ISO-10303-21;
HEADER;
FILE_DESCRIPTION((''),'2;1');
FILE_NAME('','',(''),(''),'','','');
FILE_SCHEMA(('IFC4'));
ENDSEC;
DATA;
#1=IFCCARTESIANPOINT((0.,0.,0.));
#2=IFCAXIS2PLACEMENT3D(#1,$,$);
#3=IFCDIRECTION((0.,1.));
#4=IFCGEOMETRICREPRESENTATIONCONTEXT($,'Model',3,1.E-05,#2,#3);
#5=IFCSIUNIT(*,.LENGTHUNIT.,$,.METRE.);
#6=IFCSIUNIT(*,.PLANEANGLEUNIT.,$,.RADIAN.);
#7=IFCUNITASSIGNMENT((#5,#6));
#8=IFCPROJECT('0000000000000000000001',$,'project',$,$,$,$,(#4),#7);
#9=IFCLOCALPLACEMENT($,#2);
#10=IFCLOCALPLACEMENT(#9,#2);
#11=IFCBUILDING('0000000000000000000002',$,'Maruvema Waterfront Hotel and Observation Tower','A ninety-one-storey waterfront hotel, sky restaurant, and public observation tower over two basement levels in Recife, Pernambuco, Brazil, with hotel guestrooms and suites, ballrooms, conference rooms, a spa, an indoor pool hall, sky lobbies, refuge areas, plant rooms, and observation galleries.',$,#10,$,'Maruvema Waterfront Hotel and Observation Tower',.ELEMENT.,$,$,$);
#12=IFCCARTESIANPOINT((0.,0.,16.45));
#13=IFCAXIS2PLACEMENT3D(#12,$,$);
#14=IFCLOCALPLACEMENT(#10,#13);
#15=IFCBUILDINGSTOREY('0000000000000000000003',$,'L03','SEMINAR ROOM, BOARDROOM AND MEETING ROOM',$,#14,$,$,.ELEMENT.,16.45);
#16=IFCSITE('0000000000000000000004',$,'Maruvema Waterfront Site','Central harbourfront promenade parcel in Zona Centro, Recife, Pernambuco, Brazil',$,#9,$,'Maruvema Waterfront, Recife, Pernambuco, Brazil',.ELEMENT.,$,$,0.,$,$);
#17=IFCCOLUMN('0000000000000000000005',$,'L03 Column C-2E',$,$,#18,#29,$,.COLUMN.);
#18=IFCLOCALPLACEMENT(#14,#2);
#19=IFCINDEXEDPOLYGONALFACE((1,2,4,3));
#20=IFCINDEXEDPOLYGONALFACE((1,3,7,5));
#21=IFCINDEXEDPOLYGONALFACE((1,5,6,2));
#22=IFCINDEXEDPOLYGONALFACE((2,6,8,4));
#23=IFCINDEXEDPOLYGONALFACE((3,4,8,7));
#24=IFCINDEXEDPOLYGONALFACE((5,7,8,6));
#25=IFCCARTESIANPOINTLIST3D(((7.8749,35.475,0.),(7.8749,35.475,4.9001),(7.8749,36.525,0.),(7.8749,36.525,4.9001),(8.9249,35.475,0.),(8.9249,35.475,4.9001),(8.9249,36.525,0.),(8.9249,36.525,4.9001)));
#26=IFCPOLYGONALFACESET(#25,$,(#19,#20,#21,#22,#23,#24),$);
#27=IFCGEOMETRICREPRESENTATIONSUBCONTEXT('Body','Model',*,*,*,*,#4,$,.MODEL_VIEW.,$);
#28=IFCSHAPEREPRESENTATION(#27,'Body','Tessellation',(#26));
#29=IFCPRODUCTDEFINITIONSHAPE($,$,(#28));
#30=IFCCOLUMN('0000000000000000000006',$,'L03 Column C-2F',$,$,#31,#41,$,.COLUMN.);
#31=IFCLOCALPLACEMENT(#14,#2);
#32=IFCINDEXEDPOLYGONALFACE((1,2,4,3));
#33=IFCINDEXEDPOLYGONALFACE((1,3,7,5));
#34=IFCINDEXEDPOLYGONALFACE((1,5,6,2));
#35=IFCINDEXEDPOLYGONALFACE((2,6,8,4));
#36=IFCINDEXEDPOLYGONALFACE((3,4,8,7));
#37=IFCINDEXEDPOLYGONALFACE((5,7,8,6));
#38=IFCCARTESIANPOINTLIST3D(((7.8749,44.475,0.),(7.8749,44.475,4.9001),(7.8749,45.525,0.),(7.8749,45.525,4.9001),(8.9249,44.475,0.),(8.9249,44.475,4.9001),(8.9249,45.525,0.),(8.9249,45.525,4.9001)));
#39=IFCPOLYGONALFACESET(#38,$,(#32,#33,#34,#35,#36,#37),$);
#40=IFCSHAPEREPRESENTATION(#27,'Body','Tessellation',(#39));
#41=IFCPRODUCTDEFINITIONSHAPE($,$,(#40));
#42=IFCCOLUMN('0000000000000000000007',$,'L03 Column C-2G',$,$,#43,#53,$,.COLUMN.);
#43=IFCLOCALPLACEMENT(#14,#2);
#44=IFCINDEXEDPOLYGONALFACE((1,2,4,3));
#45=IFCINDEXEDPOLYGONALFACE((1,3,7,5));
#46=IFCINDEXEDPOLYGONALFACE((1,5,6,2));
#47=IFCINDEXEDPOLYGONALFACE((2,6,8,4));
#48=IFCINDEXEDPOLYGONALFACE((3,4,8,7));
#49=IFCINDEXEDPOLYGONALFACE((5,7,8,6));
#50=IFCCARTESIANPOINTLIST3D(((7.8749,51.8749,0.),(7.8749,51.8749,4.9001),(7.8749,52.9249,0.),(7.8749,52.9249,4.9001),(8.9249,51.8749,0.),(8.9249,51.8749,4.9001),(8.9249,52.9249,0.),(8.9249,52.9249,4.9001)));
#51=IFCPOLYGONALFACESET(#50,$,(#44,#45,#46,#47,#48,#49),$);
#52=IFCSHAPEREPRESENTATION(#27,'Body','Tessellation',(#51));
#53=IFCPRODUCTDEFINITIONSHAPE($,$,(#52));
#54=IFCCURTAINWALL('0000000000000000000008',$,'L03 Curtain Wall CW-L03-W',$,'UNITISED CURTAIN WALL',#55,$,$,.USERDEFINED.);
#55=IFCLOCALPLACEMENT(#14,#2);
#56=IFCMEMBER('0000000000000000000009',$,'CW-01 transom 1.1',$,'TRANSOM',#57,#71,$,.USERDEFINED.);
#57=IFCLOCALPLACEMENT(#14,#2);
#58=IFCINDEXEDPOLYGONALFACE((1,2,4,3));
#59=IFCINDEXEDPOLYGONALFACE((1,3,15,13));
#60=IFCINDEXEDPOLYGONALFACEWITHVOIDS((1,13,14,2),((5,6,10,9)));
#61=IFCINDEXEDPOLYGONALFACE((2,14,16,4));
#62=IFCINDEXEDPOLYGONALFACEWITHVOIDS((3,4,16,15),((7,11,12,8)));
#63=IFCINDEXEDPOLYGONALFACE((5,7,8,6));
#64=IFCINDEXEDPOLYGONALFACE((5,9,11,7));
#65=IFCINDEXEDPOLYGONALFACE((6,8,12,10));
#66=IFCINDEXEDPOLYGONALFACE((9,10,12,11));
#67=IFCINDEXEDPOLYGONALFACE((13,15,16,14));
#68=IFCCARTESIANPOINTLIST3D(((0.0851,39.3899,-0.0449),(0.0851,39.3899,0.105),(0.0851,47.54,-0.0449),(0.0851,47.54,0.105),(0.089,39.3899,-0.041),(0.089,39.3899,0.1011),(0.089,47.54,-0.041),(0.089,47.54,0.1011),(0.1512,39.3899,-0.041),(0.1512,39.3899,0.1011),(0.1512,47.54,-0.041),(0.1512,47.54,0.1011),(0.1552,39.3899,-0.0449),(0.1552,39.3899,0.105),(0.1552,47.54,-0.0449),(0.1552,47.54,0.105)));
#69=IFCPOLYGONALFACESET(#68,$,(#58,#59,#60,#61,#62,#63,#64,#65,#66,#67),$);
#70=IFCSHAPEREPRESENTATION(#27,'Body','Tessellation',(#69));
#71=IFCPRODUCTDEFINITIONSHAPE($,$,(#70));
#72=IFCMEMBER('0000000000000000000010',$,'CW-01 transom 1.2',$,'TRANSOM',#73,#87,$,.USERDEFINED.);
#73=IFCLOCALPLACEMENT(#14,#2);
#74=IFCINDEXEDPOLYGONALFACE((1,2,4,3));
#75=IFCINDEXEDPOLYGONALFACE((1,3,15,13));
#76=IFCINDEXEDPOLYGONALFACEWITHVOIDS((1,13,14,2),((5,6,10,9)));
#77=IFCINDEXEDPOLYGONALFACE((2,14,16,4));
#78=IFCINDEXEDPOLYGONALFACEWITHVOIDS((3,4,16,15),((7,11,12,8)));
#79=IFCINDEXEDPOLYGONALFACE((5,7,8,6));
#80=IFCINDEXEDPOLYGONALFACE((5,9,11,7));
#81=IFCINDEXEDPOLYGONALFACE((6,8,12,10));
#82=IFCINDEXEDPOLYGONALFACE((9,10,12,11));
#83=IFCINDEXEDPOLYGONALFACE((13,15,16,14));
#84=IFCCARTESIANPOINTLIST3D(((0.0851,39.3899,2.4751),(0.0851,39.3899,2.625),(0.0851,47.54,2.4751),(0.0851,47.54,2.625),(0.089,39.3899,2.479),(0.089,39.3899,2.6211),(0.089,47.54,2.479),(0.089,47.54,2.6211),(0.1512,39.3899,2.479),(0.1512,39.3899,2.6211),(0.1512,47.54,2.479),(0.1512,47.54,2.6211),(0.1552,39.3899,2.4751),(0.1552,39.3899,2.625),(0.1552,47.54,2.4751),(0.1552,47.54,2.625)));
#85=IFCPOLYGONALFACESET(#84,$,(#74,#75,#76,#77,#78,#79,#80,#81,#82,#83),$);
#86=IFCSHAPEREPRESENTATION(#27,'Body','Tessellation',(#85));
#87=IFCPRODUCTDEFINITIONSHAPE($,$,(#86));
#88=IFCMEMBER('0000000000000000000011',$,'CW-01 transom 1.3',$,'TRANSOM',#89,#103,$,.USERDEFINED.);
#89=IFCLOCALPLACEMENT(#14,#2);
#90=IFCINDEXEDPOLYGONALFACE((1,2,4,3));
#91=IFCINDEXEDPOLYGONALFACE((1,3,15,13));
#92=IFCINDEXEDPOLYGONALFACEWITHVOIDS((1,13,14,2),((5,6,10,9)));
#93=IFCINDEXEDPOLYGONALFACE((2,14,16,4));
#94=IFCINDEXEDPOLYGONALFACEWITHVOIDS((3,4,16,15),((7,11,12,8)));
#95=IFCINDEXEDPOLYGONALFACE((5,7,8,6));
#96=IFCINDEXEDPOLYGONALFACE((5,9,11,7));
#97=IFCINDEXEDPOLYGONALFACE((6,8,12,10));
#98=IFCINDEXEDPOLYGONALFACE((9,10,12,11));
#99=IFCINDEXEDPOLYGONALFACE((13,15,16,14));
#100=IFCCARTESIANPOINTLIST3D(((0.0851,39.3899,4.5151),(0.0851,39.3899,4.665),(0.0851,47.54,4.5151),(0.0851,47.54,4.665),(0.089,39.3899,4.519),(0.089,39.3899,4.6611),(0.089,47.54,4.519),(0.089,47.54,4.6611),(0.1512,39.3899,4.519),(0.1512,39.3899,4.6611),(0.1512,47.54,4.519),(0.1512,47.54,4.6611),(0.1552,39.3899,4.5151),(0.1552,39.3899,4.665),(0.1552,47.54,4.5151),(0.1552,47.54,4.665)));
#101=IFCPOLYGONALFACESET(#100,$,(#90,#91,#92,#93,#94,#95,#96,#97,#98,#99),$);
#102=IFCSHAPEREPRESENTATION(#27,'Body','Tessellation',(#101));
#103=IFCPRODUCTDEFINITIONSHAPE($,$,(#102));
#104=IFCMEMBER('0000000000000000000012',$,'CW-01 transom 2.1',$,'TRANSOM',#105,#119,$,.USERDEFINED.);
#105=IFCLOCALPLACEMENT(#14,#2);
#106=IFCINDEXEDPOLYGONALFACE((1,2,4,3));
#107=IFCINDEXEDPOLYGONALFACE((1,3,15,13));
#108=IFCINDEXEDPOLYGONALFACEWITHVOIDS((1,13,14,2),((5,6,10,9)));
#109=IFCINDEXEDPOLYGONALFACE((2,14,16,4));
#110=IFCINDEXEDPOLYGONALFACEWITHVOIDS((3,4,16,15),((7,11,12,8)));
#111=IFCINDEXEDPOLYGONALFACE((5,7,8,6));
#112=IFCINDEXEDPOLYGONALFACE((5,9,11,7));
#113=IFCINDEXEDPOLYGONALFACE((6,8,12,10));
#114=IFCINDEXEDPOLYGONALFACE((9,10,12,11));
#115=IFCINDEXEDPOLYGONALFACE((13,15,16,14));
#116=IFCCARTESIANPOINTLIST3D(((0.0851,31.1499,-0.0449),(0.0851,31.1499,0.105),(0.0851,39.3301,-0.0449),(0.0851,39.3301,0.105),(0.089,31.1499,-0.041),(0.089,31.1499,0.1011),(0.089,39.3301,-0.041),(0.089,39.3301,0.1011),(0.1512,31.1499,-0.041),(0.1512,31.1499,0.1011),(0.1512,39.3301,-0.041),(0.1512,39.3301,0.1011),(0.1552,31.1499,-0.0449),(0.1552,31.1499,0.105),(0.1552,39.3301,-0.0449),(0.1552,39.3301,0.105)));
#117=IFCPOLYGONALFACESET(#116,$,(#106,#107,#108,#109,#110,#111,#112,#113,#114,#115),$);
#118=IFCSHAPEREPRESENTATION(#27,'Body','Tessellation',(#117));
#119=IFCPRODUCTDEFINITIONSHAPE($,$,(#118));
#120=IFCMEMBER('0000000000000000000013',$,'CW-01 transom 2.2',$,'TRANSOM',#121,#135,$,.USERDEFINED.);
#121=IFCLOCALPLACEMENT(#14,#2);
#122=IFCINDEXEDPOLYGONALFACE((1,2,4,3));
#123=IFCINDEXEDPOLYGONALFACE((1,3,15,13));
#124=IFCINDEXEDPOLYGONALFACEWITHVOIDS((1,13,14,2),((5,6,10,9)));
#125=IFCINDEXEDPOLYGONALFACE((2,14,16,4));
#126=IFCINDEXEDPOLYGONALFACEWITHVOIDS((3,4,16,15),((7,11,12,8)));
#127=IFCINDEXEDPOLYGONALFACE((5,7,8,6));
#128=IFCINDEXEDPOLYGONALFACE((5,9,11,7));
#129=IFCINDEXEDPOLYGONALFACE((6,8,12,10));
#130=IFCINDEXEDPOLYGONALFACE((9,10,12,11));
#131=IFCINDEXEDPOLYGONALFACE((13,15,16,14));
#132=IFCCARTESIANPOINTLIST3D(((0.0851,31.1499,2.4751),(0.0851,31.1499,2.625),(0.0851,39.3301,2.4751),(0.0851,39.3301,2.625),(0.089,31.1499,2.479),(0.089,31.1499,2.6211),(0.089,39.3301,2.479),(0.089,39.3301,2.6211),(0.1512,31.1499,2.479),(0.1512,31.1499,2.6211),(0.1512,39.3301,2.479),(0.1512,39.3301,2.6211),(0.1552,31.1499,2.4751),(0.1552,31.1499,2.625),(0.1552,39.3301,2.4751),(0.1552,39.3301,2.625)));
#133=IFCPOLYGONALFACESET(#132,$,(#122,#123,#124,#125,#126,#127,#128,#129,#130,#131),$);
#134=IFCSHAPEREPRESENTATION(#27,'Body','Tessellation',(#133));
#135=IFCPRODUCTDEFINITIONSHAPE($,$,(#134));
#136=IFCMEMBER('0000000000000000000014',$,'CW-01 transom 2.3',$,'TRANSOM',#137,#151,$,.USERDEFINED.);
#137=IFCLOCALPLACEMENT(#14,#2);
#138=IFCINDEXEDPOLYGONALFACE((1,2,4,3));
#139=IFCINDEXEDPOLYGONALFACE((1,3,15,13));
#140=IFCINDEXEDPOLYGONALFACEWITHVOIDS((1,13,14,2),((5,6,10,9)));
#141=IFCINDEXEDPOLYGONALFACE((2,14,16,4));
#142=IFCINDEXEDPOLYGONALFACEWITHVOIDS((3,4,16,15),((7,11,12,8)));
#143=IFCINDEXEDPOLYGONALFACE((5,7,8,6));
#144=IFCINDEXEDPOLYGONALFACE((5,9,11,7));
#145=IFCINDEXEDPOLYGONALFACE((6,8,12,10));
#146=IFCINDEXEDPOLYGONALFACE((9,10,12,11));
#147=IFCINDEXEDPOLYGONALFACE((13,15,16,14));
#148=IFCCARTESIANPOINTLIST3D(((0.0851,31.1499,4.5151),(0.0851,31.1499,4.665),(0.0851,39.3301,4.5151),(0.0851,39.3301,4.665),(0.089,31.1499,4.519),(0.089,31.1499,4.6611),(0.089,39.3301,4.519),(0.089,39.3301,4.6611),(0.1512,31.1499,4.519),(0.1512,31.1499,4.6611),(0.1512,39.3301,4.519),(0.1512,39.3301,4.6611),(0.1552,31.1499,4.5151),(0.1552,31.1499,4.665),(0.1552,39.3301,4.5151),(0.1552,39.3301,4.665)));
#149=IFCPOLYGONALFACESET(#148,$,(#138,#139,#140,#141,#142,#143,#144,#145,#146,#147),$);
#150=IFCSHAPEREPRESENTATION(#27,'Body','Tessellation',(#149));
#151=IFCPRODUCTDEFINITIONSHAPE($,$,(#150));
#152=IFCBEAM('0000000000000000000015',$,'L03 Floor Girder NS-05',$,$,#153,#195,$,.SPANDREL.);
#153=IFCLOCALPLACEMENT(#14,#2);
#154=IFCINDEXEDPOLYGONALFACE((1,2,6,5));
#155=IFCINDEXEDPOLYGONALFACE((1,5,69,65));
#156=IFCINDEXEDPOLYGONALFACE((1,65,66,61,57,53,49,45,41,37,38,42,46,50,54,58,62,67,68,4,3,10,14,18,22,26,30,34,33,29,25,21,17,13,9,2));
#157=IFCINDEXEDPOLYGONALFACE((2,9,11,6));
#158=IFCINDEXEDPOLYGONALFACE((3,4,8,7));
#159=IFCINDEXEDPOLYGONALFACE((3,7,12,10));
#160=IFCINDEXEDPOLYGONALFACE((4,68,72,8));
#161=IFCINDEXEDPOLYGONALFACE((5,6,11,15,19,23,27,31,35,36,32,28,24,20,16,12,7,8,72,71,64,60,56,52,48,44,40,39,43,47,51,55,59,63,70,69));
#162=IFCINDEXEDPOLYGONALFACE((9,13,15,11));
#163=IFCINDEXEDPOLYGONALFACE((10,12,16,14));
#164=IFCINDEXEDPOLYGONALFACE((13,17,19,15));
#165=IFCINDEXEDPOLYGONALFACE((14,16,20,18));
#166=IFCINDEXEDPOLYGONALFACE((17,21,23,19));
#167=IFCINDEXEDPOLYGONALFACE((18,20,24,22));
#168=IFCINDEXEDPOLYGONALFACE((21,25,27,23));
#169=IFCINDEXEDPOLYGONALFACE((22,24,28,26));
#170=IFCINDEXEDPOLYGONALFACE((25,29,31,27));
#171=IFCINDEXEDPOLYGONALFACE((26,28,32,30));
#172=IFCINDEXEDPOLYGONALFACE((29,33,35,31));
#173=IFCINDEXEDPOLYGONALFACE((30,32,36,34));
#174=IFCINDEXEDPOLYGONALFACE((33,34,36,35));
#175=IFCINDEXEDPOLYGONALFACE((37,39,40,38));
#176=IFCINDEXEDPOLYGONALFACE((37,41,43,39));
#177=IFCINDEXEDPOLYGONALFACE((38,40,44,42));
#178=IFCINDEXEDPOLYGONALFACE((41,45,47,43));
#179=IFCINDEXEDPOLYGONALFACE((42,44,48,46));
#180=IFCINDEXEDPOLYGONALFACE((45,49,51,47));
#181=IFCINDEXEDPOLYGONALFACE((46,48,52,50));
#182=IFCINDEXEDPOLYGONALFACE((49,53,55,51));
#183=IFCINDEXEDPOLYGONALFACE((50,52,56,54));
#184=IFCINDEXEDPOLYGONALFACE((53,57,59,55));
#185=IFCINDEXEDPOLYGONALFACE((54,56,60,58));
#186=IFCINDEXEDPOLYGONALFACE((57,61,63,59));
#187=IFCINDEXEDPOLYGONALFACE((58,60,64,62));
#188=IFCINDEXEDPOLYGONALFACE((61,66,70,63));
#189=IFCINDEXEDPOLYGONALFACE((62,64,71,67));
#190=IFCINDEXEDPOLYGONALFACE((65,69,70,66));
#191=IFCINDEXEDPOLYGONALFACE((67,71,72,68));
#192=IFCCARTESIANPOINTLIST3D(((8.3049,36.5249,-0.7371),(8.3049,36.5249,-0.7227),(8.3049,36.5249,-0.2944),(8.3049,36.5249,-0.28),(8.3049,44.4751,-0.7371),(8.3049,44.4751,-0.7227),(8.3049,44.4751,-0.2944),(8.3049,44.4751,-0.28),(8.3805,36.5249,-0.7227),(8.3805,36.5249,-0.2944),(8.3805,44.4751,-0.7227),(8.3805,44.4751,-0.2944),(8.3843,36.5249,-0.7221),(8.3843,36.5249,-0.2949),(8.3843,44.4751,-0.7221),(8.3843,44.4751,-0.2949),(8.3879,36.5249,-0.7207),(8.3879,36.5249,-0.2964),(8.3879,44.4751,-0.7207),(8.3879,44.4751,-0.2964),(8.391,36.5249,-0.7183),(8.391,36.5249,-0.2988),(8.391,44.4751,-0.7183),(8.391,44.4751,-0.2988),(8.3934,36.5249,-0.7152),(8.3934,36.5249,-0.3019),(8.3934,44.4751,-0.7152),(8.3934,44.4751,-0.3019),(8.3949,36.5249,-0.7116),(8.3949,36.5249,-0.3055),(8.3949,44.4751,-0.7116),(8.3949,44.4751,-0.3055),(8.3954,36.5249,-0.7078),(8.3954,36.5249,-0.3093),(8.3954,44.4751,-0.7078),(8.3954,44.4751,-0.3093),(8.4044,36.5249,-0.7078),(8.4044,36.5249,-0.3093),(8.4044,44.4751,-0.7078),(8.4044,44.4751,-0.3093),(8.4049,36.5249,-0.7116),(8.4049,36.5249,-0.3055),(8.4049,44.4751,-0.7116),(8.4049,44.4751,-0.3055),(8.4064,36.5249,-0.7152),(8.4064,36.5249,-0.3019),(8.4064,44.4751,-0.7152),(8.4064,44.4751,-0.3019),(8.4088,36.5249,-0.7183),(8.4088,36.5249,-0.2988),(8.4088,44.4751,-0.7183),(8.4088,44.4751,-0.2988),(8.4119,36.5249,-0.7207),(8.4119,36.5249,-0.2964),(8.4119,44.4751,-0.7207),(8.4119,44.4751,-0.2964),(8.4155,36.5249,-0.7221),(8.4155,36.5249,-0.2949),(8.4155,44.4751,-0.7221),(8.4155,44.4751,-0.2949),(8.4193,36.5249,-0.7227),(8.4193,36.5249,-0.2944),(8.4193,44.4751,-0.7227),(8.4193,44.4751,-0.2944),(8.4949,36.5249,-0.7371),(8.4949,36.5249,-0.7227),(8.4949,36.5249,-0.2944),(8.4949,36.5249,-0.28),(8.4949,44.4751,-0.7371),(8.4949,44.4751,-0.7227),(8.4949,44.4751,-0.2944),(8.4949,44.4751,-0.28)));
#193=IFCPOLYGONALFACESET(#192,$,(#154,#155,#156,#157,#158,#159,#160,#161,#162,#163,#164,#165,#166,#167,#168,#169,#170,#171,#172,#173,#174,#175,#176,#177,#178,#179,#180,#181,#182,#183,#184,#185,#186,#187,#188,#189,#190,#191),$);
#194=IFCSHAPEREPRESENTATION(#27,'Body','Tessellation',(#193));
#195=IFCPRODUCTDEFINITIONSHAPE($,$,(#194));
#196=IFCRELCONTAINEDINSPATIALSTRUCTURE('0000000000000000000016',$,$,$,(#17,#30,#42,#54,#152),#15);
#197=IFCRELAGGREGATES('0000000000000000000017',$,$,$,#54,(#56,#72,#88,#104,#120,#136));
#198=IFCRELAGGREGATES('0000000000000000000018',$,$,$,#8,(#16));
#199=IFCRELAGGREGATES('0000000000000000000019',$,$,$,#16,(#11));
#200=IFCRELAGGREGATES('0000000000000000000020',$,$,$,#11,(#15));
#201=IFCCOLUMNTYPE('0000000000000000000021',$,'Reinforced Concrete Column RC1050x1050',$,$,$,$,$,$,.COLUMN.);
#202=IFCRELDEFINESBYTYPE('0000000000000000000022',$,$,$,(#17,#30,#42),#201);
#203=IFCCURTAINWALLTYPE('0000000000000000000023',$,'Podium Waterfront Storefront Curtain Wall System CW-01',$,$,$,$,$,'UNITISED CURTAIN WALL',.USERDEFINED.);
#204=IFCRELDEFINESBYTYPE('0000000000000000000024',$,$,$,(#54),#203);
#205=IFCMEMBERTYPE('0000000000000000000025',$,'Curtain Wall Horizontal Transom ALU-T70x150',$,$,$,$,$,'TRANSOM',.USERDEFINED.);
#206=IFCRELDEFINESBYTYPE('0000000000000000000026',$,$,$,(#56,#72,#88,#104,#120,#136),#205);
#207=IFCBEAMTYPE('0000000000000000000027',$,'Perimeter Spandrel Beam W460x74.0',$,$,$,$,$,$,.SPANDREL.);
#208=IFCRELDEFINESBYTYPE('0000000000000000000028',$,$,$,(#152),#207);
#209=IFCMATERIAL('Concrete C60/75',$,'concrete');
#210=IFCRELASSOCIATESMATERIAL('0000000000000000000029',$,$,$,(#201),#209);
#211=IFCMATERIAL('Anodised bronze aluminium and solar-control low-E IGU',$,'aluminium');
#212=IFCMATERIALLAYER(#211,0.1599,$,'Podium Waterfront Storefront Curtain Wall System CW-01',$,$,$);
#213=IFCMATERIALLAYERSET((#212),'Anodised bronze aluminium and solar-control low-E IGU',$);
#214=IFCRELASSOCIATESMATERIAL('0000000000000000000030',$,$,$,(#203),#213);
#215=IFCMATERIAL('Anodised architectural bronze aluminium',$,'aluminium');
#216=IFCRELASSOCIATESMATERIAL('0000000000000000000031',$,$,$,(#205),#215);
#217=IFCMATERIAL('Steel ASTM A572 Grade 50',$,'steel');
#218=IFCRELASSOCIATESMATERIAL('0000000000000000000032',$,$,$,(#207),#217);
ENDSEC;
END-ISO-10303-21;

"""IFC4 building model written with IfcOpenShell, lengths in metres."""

from ifc_helpers import new_model, si_unit, direction, frame, origin, origin_2d, place, context, subcontext, project, spatial, rectangle, hollow_rectangle, i_section, extrude, material, layer, layer_set, material_profile, profile_set, type_object, element, aggregate, save


model = new_model("IFC4")

# Units and contexts
model_context = context("Model", 3, precision=1e-05, world=origin(), true_north=direction((0.0, 1.0)))
body_context = subcontext(model_context, "Body", "Model", "MODEL_VIEW")
ifc_project = project(units=[si_unit("LENGTHUNIT", "METRE"), si_unit("PLANEANGLEUNIT", "RADIAN")], contexts=[model_context])

# Site, building, storey
site_placement = place(None, origin())
site = spatial("IfcSite", under=ifc_project, at=site_placement, Name="Maruvema Waterfront Site", Description="Central harbourfront promenade parcel in Zona Centro, Recife, Pernambuco, Brazil", LongName="Maruvema Waterfront, Recife, Pernambuco, Brazil", CompositionType="ELEMENT", RefElevation=0.0)
building_placement = place(site_placement, origin())
building = spatial("IfcBuilding", under=site, at=building_placement, Name="Maruvema Waterfront Hotel and Observation Tower", Description="A ninety-one-storey waterfront hotel, sky restaurant, and public observation tower over two basement levels in Recife, Pernambuco, Brazil, with hotel guestrooms and suites, ballrooms, conference rooms, a spa, an indoor pool hall, sky lobbies, refuge areas, plant rooms, and observation galleries.", LongName="Maruvema Waterfront Hotel and Observation Tower", CompositionType="ELEMENT")
storey_placement = place(building_placement, frame((0.0, 0.0, 16.45)))
storey = spatial("IfcBuildingStorey", under=building, at=storey_placement, Name="L03", Description="SEMINAR ROOM, BOARDROOM AND MEETING ROOM", CompositionType="ELEMENT", Elevation=16.45)

# Columns
ifc_material_1 = material(Name="Concrete C60/75", Category="concrete")
ifc_material_profile_1 = material_profile(ifc_material_1, rectangle(XDim=1.05, YDim=1.05, at=origin_2d()), Name="RC1050x1050")
ifc_profile_set_1 = profile_set([ifc_material_profile_1], Name="Concrete C60/75")
column_type = type_object("IfcColumnType", Name="Reinforced Concrete Column RC1050x1050", PredefinedType="COLUMN", material=ifc_profile_set_1)
for number, where, z_axis, x_axis, name in (
    (1, (8.3999, 36.0, 0.0), (0.0, 0.0, 1.0), (1.0, 0.0, 0.0), "L03 Column C-2E"),
    (2, (8.3999, 45.0, 0.0), (0.0, 0.0, 1.0), (1.0, 0.0, 0.0), "L03 Column C-2F"),
    (3, (8.3999, 52.3999, 0.0), (0.0, 0.0, 1.0), (1.0, 0.0, 0.0), "L03 Column C-2G"),
):
    element("IfcColumn", number, at=place(storey_placement, frame(where, z_axis=z_axis, x_axis=x_axis)), inside=storey, type_object=column_type, Name=name, PredefinedType="COLUMN", context=body_context, shape_type="SweptSolid", body=[
        extrude(rectangle(XDim=1.05, YDim=1.05, at=origin_2d()), origin(), (0.0, 0.0, 1.0), 4.9001),
    ])

# Curtain wall, members
ifc_material_2 = material(Name="Anodised bronze aluminium and solar-control low-E IGU", Category="aluminium")
ifc_layer_1 = layer(ifc_material_2, 0.1599, Name="Podium Waterfront Storefront Curtain Wall System CW-01")
ifc_layer_set_1 = layer_set([ifc_layer_1], Name="Anodised bronze aluminium and solar-control low-E IGU")
curtain_wall_type = type_object("IfcCurtainWallType", Name="Podium Waterfront Storefront Curtain Wall System CW-01", ElementType="UNITISED CURTAIN WALL", PredefinedType="USERDEFINED", material=ifc_layer_set_1)
curtain_wall_1_placement = place(storey_placement, origin())
curtain_wall_1 = element("IfcCurtainWall", 4, at=curtain_wall_1_placement, inside=storey, type_object=curtain_wall_type, Name="L03 Curtain Wall CW-L03-W", ObjectType="UNITISED CURTAIN WALL", PredefinedType="USERDEFINED")
ifc_material_3 = material(Name="Anodised architectural bronze aluminium", Category="aluminium")
ifc_material_profile_2 = material_profile(ifc_material_3, hollow_rectangle(XDim=0.0701, YDim=0.1499, WallThickness=0.0039, at=origin_2d()), Name="ALU-T70x150")
ifc_profile_set_2 = profile_set([ifc_material_profile_2], Name="Anodised architectural bronze aluminium")
member_type_1 = type_object("IfcMemberType", Name="Curtain Wall Horizontal Transom ALU-T70x150", ElementType="TRANSOM", PredefinedType="USERDEFINED", material=ifc_profile_set_2)
member_1_placement = place(storey_placement, frame((0.1201, 47.54, 0.03), z_axis=(0.0, -1.0, 0.0), x_axis=(1.0, 0.0, 0.0)))
member_1 = element("IfcMember", 5, at=member_1_placement, type_object=member_type_1, Name="CW-01 transom 1.1", ObjectType="TRANSOM", PredefinedType="USERDEFINED", context=body_context, shape_type="SweptSolid", body=[
    extrude(hollow_rectangle(XDim=0.0701, YDim=0.1499, WallThickness=0.0039, at=origin_2d()), origin(), (0.0, 0.0, 1.0), 8.1501),
])
member_2_placement = place(storey_placement, frame((0.1201, 47.54, 2.55), z_axis=(0.0, -1.0, 0.0), x_axis=(1.0, 0.0, 0.0)))
member_2 = element("IfcMember", 6, at=member_2_placement, type_object=member_type_1, Name="CW-01 transom 1.2", ObjectType="TRANSOM", PredefinedType="USERDEFINED", context=body_context, shape_type="SweptSolid", body=[
    extrude(hollow_rectangle(XDim=0.0701, YDim=0.1499, WallThickness=0.0039, at=origin_2d()), origin(), (0.0, 0.0, 1.0), 8.1501),
])
member_3_placement = place(storey_placement, frame((0.1201, 47.54, 4.5901), z_axis=(0.0, -1.0, 0.0), x_axis=(1.0, 0.0, 0.0)))
member_3 = element("IfcMember", 7, at=member_3_placement, type_object=member_type_1, Name="CW-01 transom 1.3", ObjectType="TRANSOM", PredefinedType="USERDEFINED", context=body_context, shape_type="SweptSolid", body=[
    extrude(hollow_rectangle(XDim=0.0701, YDim=0.1499, WallThickness=0.0039, at=origin_2d()), origin(), (0.0, 0.0, 1.0), 8.1501),
])
member_4_placement = place(storey_placement, frame((0.1201, 39.3301, 0.03), z_axis=(0.0, -1.0, 0.0), x_axis=(1.0, 0.0, 0.0)))
member_4 = element("IfcMember", 8, at=member_4_placement, type_object=member_type_1, Name="CW-01 transom 2.1", ObjectType="TRANSOM", PredefinedType="USERDEFINED", context=body_context, shape_type="SweptSolid", body=[
    extrude(hollow_rectangle(XDim=0.0701, YDim=0.1499, WallThickness=0.0039, at=origin_2d()), origin(), (0.0, 0.0, 1.0), 8.1802),
])
member_5_placement = place(storey_placement, frame((0.1201, 39.3301, 2.55), z_axis=(0.0, -1.0, 0.0), x_axis=(1.0, 0.0, 0.0)))
member_5 = element("IfcMember", 9, at=member_5_placement, type_object=member_type_1, Name="CW-01 transom 2.2", ObjectType="TRANSOM", PredefinedType="USERDEFINED", context=body_context, shape_type="SweptSolid", body=[
    extrude(hollow_rectangle(XDim=0.0701, YDim=0.1499, WallThickness=0.0039, at=origin_2d()), origin(), (0.0, 0.0, 1.0), 8.1802),
])
member_6_placement = place(storey_placement, frame((0.1201, 39.3301, 4.5901), z_axis=(0.0, -1.0, 0.0), x_axis=(1.0, 0.0, 0.0)))
member_6 = element("IfcMember", 10, at=member_6_placement, type_object=member_type_1, Name="CW-01 transom 2.3", ObjectType="TRANSOM", PredefinedType="USERDEFINED", context=body_context, shape_type="SweptSolid", body=[
    extrude(hollow_rectangle(XDim=0.0701, YDim=0.1499, WallThickness=0.0039, at=origin_2d()), origin(), (0.0, 0.0, 1.0), 8.1802),
])

# Beam
ifc_material_4 = material(Name="Steel ASTM A572 Grade 50", Category="steel")
ifc_material_profile_3 = material_profile(ifc_material_4, i_section(OverallWidth=0.1899, OverallDepth=0.457, WebThickness=0.009, FlangeThickness=0.0144, FilletRadius=0.0149, at=origin_2d()), Name="W460x74.0")
ifc_profile_set_3 = profile_set([ifc_material_profile_3], Name="Steel ASTM A572 Grade 50")
beam_type_1 = type_object("IfcBeamType", Name="Perimeter Spandrel Beam W460x74.0", PredefinedType="SPANDREL", material=ifc_profile_set_3)
beam_1_placement = place(storey_placement, frame((8.3999, 36.5249, -0.5085), z_axis=(0.0, 1.0, 0.0), x_axis=(-1.0, 0.0, 0.0)))
element("IfcBeam", 11, at=beam_1_placement, inside=storey, type_object=beam_type_1, Name="L03 Floor Girder NS-05", PredefinedType="SPANDREL", context=body_context, shape_type="SweptSolid", body=[
    extrude(i_section(OverallWidth=0.1899, OverallDepth=0.457, WebThickness=0.009, FlangeThickness=0.0144, FilletRadius=0.0149, at=origin_2d()), origin(), (0.0, 0.0, 1.0), 7.9502),
])

aggregate(curtain_wall_1, [member_1, member_2, member_3, member_4, member_5, member_6])

save(model, "model.ifc")
